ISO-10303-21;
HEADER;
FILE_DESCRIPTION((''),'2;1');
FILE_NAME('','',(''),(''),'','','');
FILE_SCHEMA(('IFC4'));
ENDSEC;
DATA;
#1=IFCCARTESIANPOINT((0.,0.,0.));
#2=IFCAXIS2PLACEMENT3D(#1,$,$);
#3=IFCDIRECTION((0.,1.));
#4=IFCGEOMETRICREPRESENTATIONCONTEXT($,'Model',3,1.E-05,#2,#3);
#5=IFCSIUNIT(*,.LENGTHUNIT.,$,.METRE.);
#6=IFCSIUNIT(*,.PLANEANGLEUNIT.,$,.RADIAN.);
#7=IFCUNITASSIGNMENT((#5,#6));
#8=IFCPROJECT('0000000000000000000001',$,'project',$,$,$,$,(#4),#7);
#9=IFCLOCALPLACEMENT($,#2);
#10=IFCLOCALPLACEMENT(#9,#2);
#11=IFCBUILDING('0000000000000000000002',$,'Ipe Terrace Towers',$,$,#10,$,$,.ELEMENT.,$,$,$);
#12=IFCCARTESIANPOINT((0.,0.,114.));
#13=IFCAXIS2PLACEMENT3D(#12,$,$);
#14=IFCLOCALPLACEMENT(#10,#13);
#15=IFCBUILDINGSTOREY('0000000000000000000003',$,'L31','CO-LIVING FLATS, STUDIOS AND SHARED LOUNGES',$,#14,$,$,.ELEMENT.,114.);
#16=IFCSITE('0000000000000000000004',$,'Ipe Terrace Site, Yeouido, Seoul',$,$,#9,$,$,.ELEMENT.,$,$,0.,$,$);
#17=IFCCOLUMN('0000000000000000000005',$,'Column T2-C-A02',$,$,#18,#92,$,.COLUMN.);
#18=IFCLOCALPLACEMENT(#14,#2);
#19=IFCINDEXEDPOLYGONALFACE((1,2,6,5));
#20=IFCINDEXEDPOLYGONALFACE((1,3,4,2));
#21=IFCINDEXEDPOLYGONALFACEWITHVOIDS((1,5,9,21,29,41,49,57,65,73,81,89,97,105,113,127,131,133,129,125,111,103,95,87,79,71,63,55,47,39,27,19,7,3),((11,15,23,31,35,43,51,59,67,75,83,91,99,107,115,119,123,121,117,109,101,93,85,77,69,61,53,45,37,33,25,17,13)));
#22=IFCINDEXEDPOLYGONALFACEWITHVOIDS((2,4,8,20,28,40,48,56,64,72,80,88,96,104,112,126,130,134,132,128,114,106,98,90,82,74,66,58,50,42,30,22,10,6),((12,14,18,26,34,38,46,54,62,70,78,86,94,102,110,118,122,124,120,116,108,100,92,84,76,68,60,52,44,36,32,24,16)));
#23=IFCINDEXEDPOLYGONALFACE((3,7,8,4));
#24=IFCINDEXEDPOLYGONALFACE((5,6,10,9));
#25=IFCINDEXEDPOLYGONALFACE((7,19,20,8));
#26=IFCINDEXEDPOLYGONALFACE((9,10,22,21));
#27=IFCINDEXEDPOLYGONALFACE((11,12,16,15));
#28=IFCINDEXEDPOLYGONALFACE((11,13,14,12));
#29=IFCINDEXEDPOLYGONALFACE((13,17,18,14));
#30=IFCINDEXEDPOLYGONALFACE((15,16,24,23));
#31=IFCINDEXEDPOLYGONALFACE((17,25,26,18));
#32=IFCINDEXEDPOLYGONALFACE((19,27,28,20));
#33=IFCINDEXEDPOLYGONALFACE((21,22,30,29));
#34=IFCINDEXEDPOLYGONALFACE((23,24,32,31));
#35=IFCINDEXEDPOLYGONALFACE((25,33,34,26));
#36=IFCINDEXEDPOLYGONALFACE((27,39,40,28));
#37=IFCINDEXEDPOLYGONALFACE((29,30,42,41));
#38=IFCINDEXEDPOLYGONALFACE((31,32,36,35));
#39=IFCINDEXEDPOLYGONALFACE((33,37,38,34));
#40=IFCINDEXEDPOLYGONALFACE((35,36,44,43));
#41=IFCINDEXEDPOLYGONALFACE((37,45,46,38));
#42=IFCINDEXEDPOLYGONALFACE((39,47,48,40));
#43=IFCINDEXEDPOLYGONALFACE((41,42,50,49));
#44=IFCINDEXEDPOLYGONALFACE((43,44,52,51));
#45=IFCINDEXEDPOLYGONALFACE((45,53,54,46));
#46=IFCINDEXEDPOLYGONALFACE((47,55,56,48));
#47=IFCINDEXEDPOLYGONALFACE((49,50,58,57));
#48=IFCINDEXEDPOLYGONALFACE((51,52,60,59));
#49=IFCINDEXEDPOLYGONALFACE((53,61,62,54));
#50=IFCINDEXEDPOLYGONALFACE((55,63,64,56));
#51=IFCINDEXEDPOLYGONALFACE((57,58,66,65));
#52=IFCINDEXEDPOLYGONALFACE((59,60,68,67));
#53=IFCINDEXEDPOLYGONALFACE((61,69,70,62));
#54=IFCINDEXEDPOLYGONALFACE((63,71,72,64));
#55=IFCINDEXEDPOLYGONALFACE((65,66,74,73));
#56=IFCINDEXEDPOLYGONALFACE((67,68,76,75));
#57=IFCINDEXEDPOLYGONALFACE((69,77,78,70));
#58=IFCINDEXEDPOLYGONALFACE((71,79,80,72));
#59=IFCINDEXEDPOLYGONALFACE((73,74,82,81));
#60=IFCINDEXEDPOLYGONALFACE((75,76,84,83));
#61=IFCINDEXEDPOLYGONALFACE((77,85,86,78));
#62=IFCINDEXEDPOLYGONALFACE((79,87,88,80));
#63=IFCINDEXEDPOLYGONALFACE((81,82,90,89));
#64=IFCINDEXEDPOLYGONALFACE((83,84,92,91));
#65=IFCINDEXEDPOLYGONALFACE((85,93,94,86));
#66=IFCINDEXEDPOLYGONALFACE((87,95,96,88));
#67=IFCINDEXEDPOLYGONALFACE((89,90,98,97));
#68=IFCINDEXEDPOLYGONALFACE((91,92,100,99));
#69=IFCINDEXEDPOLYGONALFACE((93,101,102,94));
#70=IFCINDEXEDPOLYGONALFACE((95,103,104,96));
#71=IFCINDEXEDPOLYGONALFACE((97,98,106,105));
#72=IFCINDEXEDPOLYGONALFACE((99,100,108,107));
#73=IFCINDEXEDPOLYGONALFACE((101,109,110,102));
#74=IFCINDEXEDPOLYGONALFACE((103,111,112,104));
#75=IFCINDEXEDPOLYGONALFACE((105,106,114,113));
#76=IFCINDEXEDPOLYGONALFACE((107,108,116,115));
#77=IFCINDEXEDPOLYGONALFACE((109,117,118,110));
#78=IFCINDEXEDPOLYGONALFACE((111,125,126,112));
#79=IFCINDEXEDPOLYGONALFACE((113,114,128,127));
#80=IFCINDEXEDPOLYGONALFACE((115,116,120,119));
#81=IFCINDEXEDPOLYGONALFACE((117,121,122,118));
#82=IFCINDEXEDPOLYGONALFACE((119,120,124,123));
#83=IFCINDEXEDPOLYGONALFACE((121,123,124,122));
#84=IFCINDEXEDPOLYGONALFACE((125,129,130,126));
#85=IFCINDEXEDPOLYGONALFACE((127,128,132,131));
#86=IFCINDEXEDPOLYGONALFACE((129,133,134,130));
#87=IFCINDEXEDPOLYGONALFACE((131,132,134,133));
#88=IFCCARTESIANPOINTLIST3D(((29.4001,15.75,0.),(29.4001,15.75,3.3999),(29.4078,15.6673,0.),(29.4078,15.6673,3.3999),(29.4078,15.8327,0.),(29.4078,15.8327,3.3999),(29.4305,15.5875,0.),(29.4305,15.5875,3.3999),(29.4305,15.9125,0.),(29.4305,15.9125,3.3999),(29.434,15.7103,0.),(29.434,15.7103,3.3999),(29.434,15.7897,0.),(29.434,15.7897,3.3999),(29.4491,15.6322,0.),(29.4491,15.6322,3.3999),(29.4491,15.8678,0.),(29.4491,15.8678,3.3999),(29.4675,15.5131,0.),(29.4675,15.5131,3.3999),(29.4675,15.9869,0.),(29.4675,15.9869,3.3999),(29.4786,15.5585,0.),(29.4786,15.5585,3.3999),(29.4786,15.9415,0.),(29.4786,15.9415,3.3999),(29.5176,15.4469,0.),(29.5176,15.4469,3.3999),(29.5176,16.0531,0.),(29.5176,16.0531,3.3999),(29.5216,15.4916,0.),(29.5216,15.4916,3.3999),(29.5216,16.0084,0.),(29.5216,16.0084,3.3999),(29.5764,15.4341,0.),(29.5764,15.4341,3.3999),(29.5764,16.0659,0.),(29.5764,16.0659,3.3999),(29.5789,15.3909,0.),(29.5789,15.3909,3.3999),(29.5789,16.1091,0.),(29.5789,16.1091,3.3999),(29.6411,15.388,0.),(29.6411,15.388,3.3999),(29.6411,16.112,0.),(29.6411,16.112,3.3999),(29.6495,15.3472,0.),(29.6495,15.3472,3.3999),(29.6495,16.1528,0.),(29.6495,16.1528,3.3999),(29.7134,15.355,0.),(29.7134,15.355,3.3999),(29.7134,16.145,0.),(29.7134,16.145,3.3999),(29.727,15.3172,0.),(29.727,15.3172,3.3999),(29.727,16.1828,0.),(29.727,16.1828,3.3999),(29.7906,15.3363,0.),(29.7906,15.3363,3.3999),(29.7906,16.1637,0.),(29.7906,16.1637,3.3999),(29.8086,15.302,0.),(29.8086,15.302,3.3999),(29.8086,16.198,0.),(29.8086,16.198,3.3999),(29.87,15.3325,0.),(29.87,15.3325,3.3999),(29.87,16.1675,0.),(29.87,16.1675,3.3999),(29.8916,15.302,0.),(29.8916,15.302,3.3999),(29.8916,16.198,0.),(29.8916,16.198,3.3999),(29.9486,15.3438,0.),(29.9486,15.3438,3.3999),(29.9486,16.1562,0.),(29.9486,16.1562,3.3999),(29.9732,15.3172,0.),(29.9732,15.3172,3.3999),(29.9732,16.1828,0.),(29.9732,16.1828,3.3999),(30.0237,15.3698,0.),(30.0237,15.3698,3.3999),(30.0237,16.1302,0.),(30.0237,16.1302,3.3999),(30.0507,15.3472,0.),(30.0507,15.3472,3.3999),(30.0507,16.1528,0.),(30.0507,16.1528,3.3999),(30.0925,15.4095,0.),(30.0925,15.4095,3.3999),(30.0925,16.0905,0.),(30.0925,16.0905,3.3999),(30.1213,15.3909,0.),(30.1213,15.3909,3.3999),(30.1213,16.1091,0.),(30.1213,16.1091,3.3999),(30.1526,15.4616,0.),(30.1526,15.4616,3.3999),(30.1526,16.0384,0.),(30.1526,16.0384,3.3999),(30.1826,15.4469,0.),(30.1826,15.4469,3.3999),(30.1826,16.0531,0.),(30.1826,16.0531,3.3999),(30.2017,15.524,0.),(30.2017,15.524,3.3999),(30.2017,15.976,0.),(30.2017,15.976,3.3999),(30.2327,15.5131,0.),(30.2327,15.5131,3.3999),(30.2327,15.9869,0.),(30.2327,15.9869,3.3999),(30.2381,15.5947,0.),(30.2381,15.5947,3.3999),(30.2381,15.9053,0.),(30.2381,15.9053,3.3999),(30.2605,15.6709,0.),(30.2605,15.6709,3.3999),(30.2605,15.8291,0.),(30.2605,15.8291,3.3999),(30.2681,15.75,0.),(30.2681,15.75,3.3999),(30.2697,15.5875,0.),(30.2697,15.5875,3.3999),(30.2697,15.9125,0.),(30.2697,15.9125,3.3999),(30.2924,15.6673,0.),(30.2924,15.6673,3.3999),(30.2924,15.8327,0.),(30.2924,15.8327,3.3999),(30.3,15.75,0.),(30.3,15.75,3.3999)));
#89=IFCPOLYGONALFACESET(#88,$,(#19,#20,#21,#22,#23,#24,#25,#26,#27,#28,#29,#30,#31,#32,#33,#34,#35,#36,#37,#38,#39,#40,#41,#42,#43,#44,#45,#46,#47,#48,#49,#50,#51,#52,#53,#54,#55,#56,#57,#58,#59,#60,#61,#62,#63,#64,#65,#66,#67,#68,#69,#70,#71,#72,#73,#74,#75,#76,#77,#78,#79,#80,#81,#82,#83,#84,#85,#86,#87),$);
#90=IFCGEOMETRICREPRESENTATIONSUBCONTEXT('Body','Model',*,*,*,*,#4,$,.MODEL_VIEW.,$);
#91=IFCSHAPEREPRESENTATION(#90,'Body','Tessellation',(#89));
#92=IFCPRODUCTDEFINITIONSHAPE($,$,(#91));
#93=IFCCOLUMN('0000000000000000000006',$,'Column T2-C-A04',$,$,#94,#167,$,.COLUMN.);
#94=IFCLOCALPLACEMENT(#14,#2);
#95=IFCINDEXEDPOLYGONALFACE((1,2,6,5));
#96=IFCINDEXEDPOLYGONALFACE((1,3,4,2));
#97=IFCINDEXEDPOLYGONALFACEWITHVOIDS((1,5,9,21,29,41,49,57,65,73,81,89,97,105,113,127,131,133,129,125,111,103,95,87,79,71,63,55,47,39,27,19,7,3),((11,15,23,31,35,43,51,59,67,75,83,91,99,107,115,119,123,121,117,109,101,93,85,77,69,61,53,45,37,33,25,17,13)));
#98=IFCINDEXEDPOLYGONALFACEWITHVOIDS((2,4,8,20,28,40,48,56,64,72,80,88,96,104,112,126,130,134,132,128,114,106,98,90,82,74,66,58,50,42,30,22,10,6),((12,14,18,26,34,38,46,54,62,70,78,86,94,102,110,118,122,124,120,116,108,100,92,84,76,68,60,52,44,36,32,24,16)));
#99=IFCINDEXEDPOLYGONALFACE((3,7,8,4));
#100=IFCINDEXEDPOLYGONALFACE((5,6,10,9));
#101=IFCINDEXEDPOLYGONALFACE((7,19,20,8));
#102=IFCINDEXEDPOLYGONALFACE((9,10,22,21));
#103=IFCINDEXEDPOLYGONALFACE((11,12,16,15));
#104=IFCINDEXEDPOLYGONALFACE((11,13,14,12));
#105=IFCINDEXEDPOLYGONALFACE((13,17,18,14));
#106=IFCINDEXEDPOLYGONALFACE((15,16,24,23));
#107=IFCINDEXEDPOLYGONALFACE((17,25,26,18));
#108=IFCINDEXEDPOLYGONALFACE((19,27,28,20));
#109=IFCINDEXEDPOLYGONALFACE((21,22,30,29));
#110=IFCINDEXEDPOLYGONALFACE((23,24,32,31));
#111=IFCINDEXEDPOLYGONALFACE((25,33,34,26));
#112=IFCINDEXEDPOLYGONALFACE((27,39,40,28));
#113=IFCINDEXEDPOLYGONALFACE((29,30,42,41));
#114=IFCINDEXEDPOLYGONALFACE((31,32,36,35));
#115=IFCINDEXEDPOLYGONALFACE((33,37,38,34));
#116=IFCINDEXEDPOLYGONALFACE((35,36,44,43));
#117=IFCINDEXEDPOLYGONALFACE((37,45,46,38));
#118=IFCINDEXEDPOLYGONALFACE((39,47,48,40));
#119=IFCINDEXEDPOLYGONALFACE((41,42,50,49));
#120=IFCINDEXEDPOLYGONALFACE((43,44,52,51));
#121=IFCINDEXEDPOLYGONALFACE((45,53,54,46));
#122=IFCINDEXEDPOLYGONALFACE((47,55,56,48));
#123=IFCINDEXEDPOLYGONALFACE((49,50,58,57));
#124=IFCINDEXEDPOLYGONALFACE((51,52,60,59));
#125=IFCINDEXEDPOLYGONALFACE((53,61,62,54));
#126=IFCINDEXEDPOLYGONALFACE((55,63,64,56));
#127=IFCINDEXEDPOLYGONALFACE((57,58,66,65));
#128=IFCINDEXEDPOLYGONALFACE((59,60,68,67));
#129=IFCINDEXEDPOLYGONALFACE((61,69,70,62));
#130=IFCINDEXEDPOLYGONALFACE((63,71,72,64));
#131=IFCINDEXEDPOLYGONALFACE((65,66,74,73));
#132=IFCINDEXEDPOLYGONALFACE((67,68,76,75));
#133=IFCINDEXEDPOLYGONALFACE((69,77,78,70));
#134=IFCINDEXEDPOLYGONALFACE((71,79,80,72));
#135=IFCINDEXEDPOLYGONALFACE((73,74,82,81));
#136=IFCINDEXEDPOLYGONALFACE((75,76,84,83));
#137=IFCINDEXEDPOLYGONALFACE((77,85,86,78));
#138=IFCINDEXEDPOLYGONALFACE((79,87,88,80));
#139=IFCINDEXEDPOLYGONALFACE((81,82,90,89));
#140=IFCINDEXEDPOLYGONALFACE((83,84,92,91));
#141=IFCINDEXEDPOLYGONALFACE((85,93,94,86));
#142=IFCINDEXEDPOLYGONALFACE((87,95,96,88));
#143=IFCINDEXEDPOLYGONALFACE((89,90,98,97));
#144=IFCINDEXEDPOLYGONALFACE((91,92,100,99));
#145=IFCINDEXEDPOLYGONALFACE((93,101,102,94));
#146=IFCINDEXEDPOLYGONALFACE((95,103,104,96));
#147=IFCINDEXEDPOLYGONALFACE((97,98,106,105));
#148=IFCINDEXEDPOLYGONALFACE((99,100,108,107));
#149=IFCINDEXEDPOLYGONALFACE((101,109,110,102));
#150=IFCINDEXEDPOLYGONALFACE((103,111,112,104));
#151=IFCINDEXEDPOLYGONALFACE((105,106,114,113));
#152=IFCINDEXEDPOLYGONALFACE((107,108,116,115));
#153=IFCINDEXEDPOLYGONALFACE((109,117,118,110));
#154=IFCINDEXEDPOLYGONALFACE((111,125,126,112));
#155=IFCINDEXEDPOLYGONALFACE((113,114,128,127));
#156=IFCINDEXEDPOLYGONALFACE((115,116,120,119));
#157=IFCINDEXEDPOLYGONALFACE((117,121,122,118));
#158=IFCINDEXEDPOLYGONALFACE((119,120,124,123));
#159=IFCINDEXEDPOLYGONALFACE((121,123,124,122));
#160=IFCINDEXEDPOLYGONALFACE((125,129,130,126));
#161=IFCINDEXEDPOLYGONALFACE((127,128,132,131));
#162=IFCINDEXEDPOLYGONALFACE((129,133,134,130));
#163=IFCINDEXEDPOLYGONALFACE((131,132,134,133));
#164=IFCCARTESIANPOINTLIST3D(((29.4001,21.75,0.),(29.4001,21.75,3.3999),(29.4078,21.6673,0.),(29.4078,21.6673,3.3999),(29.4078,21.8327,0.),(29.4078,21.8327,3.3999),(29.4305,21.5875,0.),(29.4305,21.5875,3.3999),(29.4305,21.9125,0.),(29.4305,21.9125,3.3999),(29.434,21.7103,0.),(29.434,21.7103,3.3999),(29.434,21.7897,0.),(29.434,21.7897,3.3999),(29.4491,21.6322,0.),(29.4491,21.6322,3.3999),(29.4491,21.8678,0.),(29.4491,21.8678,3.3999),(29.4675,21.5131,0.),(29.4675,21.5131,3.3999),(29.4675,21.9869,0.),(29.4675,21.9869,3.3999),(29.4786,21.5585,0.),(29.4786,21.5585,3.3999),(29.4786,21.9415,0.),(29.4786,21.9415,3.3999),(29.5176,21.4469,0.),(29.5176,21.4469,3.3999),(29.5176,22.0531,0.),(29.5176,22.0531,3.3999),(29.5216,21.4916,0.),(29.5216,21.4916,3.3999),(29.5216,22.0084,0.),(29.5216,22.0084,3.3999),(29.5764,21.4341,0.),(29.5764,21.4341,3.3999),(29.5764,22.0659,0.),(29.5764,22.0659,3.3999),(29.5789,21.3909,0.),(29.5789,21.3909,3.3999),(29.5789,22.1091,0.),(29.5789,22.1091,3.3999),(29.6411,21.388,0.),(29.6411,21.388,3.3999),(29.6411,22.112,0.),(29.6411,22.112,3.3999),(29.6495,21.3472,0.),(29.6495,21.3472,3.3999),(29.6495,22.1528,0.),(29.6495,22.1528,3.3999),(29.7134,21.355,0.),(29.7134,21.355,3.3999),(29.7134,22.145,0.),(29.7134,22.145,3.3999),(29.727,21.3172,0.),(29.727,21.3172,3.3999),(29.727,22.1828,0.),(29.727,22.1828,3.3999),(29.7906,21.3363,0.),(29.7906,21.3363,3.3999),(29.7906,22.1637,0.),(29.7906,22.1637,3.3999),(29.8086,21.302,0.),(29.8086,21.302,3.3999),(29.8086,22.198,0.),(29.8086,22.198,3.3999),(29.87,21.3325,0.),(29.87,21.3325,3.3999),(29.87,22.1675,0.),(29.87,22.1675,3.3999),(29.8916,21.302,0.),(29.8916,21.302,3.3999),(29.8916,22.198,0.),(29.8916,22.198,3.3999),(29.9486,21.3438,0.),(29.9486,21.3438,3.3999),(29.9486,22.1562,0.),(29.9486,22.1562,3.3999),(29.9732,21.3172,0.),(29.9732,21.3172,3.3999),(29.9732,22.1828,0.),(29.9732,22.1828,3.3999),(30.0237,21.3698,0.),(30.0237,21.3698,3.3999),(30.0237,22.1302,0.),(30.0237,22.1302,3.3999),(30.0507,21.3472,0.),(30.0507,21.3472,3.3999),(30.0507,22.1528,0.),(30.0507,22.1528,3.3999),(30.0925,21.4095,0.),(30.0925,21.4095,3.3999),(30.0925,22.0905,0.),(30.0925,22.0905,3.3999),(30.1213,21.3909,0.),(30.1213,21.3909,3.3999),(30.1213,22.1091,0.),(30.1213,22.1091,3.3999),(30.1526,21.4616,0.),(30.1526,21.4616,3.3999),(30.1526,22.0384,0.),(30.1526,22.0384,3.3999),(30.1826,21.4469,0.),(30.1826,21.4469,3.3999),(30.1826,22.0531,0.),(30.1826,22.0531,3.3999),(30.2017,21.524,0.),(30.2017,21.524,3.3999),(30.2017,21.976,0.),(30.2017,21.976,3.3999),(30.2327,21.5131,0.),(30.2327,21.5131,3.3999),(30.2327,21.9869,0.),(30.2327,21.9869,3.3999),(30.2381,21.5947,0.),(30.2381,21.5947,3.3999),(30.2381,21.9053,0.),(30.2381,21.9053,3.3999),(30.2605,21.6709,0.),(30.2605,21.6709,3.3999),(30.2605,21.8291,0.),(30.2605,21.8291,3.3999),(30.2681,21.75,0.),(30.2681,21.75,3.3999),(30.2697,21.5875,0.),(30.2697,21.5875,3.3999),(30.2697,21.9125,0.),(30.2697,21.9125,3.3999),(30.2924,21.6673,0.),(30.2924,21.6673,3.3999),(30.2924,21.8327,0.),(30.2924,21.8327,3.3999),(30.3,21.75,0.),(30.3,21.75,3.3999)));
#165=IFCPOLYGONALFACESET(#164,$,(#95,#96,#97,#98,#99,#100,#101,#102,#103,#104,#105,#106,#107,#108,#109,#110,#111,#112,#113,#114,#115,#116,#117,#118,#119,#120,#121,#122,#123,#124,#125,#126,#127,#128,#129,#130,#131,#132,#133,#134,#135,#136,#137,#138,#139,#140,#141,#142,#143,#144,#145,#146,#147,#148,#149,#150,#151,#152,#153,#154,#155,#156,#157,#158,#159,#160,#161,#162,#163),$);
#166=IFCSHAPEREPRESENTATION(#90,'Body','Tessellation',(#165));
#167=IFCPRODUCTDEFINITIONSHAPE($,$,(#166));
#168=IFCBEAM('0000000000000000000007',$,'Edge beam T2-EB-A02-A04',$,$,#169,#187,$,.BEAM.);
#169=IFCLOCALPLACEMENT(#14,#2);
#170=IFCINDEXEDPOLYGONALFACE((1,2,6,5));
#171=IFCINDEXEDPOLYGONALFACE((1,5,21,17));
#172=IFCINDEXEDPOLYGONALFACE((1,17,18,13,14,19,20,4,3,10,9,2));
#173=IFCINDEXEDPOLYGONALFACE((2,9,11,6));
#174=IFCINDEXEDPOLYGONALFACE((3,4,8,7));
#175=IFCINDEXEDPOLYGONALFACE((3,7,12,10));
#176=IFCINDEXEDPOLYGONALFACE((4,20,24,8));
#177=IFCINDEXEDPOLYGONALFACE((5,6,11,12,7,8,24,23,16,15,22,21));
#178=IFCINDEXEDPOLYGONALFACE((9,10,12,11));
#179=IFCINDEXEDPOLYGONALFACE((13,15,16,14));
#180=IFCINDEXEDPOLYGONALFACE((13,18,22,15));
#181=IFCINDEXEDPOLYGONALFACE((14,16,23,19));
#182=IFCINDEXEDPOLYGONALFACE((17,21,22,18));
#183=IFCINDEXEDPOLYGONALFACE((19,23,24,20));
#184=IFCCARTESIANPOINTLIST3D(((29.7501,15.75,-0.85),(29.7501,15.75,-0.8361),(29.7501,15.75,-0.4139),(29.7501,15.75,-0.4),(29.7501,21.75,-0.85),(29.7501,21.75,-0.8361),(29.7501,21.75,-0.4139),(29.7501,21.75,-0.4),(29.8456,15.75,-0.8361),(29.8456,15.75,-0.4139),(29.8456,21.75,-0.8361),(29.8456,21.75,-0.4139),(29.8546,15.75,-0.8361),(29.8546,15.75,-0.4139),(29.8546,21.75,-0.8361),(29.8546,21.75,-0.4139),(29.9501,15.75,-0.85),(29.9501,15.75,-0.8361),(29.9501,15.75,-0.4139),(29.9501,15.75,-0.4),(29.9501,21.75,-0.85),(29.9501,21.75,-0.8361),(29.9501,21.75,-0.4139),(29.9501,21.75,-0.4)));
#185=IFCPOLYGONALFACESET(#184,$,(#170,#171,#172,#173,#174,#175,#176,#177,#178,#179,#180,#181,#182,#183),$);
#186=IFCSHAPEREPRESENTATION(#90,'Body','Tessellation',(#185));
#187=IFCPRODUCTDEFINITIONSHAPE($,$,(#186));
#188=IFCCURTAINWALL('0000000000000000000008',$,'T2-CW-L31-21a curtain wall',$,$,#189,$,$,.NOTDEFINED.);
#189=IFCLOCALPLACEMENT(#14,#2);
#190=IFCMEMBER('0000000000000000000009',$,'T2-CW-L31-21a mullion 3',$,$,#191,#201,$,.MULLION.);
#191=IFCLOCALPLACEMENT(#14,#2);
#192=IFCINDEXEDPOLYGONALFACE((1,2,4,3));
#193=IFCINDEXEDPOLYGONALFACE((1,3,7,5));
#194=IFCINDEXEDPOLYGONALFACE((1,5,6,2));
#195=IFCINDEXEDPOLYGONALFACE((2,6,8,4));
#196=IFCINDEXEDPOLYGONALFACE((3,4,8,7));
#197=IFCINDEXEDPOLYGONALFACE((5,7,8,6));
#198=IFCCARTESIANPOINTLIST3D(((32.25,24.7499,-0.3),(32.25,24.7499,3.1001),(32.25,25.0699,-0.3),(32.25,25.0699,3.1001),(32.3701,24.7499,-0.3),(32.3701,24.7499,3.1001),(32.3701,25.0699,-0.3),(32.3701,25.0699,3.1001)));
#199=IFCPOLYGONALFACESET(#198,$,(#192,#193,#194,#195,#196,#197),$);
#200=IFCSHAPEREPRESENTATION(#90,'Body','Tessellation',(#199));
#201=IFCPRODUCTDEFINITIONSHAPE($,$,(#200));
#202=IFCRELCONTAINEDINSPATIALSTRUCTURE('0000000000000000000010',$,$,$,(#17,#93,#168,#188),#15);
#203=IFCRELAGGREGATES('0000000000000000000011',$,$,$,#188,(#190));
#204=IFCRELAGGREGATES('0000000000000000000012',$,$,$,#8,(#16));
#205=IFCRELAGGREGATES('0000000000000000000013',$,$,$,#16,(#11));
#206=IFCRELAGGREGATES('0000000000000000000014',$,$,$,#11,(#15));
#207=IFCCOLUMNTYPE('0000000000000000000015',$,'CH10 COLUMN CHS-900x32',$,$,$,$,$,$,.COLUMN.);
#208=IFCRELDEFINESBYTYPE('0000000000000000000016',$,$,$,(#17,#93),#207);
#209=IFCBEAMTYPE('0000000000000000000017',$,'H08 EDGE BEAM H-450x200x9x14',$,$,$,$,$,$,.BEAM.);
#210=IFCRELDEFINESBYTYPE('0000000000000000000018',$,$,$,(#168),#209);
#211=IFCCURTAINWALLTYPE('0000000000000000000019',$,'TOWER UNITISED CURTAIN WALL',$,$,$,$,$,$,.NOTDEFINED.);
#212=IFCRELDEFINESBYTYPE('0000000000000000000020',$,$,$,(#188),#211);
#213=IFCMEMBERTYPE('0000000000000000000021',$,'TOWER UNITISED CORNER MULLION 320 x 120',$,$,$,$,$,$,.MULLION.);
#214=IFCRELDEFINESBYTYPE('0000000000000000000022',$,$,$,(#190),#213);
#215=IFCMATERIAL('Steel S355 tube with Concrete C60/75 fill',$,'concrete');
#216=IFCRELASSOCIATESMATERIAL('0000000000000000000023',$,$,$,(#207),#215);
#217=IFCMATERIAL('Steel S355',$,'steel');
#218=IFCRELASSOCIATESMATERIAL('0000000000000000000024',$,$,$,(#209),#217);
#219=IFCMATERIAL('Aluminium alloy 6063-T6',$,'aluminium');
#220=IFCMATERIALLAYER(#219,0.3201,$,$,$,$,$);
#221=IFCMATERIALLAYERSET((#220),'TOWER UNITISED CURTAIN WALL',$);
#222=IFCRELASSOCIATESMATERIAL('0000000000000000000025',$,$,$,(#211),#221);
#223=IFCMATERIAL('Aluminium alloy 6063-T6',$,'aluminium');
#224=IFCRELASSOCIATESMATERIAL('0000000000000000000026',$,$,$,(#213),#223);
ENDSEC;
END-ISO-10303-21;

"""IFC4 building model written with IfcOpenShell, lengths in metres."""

from ifc_helpers import new_model, si_unit, direction, frame, origin, origin_2d, place, context, subcontext, project, spatial, rectangle, hollow_circle, i_section, extrude, material, layer, layer_set, material_profile, profile_set, type_object, element, aggregate, save


model = new_model("IFC4")

# Units and contexts
model_context = context("Model", 3, precision=1e-05, world=origin(), true_north=direction((0.0, 1.0)))
body_context = subcontext(model_context, "Body", "Model", "MODEL_VIEW")
ifc_project = project(units=[si_unit("LENGTHUNIT", "METRE"), si_unit("PLANEANGLEUNIT", "RADIAN")], contexts=[model_context])

# Site, building, storey
site_placement = place(None, origin())
site = spatial("IfcSite", under=ifc_project, at=site_placement, Name="Ipe Terrace Site, Yeouido, Seoul", CompositionType="ELEMENT", RefElevation=0.0)
building_placement = place(site_placement, origin())
building = spatial("IfcBuilding", under=site, at=building_placement, Name="Ipe Terrace Towers", CompositionType="ELEMENT")
storey_placement = place(building_placement, frame((0.0, 0.0, 114.0)))
storey = spatial("IfcBuildingStorey", under=building, at=storey_placement, Name="L31", Description="CO-LIVING FLATS, STUDIOS AND SHARED LOUNGES", CompositionType="ELEMENT", Elevation=114.0)

# Columns
ifc_material_1 = material(Name="Steel S355 tube with Concrete C60/75 fill", Category="concrete")
ifc_material_profile_1 = material_profile(ifc_material_1, hollow_circle(Radius=0.45, WallThickness=0.032, at=origin_2d()), Name="CHS-900x32")
ifc_profile_set_1 = profile_set([ifc_material_profile_1], Name="Steel S355 tube with Concrete C60/75 fill")
column_type = type_object("IfcColumnType", Name="CH10 COLUMN CHS-900x32", PredefinedType="COLUMN", material=ifc_profile_set_1)
for number, where, z_axis, x_axis, name in (
    (1, (29.8501, 15.75, 0.0), (0.0, 0.0, 1.0), (1.0, 0.0, 0.0), "Column T2-C-A02"),
    (2, (29.8501, 21.75, 0.0), (0.0, 0.0, 1.0), (1.0, 0.0, 0.0), "Column T2-C-A04"),
):
    element("IfcColumn", number, at=place(storey_placement, frame(where, z_axis=z_axis, x_axis=x_axis)), inside=storey, type_object=column_type, Name=name, PredefinedType="COLUMN", context=body_context, shape_type="SweptSolid", body=[
        extrude(hollow_circle(Radius=0.45, WallThickness=0.032, at=origin_2d()), origin(), (0.0, 0.0, 1.0), 3.3999),
    ])

# Beam
ifc_material_2 = material(Name="Steel S355", Category="steel")
ifc_material_profile_2 = material_profile(ifc_material_2, i_section(OverallWidth=0.2, OverallDepth=0.45, WebThickness=0.009, FlangeThickness=0.0139, at=origin_2d()), Name="H-450x200x9x14")
ifc_profile_set_2 = profile_set([ifc_material_profile_2], Name="Steel S355")
beam_type = type_object("IfcBeamType", Name="H08 EDGE BEAM H-450x200x9x14", PredefinedType="BEAM", material=ifc_profile_set_2)
beam_placement = place(storey_placement, frame((29.8501, 15.75, -0.625), z_axis=(0.0, 1.0, 0.0), x_axis=(-1.0, 0.0, 0.0)))
element("IfcBeam", 3, at=beam_placement, inside=storey, type_object=beam_type, Name="Edge beam T2-EB-A02-A04", PredefinedType="BEAM", context=body_context, shape_type="SweptSolid", body=[
    extrude(i_section(OverallWidth=0.2, OverallDepth=0.45, WebThickness=0.009, FlangeThickness=0.0139, at=origin_2d()), origin(), (0.0, 0.0, 1.0), 6.0),
])

# Curtain wall, member
ifc_material_3 = material(Name="Aluminium alloy 6063-T6", Category="aluminium")
ifc_layer_1 = layer(ifc_material_3, 0.3201)
ifc_layer_set_1 = layer_set([ifc_layer_1], Name="TOWER UNITISED CURTAIN WALL")
curtain_wall_type = type_object("IfcCurtainWallType", Name="TOWER UNITISED CURTAIN WALL", PredefinedType="NOTDEFINED", material=ifc_layer_set_1)
curtain_wall_1_placement = place(storey_placement, origin())
curtain_wall_1 = element("IfcCurtainWall", 4, at=curtain_wall_1_placement, inside=storey, type_object=curtain_wall_type, Name="T2-CW-L31-21a curtain wall", PredefinedType="NOTDEFINED")
ifc_material_4 = material(Name="Aluminium alloy 6063-T6", Category="aluminium")
ifc_material_profile_3 = material_profile(ifc_material_4, rectangle(XDim=0.3201, YDim=0.1201, at=origin_2d()), Name="TOWER UNITISED CORNER MULLION 320 x 120")
ifc_profile_set_3 = profile_set([ifc_material_profile_3], Name="Aluminium alloy 6063-T6")
member_type = type_object("IfcMemberType", Name="TOWER UNITISED CORNER MULLION 320 x 120", PredefinedType="MULLION", material=ifc_profile_set_3)
member_1_placement = place(storey_placement, frame((32.3101, 24.9099, -0.3), z_axis=(0.0, 0.0, 1.0), x_axis=(0.0, 1.0, 0.0)))
member_1 = element("IfcMember", 5, at=member_1_placement, type_object=member_type, Name="T2-CW-L31-21a mullion 3", PredefinedType="MULLION", context=body_context, shape_type="SweptSolid", body=[
    extrude(rectangle(XDim=0.3201, YDim=0.1201, at=origin_2d()), origin(), (0.0, 0.0, 1.0), 3.4001),
])
aggregate(curtain_wall_1, [member_1])

save(model, "model.ifc")
